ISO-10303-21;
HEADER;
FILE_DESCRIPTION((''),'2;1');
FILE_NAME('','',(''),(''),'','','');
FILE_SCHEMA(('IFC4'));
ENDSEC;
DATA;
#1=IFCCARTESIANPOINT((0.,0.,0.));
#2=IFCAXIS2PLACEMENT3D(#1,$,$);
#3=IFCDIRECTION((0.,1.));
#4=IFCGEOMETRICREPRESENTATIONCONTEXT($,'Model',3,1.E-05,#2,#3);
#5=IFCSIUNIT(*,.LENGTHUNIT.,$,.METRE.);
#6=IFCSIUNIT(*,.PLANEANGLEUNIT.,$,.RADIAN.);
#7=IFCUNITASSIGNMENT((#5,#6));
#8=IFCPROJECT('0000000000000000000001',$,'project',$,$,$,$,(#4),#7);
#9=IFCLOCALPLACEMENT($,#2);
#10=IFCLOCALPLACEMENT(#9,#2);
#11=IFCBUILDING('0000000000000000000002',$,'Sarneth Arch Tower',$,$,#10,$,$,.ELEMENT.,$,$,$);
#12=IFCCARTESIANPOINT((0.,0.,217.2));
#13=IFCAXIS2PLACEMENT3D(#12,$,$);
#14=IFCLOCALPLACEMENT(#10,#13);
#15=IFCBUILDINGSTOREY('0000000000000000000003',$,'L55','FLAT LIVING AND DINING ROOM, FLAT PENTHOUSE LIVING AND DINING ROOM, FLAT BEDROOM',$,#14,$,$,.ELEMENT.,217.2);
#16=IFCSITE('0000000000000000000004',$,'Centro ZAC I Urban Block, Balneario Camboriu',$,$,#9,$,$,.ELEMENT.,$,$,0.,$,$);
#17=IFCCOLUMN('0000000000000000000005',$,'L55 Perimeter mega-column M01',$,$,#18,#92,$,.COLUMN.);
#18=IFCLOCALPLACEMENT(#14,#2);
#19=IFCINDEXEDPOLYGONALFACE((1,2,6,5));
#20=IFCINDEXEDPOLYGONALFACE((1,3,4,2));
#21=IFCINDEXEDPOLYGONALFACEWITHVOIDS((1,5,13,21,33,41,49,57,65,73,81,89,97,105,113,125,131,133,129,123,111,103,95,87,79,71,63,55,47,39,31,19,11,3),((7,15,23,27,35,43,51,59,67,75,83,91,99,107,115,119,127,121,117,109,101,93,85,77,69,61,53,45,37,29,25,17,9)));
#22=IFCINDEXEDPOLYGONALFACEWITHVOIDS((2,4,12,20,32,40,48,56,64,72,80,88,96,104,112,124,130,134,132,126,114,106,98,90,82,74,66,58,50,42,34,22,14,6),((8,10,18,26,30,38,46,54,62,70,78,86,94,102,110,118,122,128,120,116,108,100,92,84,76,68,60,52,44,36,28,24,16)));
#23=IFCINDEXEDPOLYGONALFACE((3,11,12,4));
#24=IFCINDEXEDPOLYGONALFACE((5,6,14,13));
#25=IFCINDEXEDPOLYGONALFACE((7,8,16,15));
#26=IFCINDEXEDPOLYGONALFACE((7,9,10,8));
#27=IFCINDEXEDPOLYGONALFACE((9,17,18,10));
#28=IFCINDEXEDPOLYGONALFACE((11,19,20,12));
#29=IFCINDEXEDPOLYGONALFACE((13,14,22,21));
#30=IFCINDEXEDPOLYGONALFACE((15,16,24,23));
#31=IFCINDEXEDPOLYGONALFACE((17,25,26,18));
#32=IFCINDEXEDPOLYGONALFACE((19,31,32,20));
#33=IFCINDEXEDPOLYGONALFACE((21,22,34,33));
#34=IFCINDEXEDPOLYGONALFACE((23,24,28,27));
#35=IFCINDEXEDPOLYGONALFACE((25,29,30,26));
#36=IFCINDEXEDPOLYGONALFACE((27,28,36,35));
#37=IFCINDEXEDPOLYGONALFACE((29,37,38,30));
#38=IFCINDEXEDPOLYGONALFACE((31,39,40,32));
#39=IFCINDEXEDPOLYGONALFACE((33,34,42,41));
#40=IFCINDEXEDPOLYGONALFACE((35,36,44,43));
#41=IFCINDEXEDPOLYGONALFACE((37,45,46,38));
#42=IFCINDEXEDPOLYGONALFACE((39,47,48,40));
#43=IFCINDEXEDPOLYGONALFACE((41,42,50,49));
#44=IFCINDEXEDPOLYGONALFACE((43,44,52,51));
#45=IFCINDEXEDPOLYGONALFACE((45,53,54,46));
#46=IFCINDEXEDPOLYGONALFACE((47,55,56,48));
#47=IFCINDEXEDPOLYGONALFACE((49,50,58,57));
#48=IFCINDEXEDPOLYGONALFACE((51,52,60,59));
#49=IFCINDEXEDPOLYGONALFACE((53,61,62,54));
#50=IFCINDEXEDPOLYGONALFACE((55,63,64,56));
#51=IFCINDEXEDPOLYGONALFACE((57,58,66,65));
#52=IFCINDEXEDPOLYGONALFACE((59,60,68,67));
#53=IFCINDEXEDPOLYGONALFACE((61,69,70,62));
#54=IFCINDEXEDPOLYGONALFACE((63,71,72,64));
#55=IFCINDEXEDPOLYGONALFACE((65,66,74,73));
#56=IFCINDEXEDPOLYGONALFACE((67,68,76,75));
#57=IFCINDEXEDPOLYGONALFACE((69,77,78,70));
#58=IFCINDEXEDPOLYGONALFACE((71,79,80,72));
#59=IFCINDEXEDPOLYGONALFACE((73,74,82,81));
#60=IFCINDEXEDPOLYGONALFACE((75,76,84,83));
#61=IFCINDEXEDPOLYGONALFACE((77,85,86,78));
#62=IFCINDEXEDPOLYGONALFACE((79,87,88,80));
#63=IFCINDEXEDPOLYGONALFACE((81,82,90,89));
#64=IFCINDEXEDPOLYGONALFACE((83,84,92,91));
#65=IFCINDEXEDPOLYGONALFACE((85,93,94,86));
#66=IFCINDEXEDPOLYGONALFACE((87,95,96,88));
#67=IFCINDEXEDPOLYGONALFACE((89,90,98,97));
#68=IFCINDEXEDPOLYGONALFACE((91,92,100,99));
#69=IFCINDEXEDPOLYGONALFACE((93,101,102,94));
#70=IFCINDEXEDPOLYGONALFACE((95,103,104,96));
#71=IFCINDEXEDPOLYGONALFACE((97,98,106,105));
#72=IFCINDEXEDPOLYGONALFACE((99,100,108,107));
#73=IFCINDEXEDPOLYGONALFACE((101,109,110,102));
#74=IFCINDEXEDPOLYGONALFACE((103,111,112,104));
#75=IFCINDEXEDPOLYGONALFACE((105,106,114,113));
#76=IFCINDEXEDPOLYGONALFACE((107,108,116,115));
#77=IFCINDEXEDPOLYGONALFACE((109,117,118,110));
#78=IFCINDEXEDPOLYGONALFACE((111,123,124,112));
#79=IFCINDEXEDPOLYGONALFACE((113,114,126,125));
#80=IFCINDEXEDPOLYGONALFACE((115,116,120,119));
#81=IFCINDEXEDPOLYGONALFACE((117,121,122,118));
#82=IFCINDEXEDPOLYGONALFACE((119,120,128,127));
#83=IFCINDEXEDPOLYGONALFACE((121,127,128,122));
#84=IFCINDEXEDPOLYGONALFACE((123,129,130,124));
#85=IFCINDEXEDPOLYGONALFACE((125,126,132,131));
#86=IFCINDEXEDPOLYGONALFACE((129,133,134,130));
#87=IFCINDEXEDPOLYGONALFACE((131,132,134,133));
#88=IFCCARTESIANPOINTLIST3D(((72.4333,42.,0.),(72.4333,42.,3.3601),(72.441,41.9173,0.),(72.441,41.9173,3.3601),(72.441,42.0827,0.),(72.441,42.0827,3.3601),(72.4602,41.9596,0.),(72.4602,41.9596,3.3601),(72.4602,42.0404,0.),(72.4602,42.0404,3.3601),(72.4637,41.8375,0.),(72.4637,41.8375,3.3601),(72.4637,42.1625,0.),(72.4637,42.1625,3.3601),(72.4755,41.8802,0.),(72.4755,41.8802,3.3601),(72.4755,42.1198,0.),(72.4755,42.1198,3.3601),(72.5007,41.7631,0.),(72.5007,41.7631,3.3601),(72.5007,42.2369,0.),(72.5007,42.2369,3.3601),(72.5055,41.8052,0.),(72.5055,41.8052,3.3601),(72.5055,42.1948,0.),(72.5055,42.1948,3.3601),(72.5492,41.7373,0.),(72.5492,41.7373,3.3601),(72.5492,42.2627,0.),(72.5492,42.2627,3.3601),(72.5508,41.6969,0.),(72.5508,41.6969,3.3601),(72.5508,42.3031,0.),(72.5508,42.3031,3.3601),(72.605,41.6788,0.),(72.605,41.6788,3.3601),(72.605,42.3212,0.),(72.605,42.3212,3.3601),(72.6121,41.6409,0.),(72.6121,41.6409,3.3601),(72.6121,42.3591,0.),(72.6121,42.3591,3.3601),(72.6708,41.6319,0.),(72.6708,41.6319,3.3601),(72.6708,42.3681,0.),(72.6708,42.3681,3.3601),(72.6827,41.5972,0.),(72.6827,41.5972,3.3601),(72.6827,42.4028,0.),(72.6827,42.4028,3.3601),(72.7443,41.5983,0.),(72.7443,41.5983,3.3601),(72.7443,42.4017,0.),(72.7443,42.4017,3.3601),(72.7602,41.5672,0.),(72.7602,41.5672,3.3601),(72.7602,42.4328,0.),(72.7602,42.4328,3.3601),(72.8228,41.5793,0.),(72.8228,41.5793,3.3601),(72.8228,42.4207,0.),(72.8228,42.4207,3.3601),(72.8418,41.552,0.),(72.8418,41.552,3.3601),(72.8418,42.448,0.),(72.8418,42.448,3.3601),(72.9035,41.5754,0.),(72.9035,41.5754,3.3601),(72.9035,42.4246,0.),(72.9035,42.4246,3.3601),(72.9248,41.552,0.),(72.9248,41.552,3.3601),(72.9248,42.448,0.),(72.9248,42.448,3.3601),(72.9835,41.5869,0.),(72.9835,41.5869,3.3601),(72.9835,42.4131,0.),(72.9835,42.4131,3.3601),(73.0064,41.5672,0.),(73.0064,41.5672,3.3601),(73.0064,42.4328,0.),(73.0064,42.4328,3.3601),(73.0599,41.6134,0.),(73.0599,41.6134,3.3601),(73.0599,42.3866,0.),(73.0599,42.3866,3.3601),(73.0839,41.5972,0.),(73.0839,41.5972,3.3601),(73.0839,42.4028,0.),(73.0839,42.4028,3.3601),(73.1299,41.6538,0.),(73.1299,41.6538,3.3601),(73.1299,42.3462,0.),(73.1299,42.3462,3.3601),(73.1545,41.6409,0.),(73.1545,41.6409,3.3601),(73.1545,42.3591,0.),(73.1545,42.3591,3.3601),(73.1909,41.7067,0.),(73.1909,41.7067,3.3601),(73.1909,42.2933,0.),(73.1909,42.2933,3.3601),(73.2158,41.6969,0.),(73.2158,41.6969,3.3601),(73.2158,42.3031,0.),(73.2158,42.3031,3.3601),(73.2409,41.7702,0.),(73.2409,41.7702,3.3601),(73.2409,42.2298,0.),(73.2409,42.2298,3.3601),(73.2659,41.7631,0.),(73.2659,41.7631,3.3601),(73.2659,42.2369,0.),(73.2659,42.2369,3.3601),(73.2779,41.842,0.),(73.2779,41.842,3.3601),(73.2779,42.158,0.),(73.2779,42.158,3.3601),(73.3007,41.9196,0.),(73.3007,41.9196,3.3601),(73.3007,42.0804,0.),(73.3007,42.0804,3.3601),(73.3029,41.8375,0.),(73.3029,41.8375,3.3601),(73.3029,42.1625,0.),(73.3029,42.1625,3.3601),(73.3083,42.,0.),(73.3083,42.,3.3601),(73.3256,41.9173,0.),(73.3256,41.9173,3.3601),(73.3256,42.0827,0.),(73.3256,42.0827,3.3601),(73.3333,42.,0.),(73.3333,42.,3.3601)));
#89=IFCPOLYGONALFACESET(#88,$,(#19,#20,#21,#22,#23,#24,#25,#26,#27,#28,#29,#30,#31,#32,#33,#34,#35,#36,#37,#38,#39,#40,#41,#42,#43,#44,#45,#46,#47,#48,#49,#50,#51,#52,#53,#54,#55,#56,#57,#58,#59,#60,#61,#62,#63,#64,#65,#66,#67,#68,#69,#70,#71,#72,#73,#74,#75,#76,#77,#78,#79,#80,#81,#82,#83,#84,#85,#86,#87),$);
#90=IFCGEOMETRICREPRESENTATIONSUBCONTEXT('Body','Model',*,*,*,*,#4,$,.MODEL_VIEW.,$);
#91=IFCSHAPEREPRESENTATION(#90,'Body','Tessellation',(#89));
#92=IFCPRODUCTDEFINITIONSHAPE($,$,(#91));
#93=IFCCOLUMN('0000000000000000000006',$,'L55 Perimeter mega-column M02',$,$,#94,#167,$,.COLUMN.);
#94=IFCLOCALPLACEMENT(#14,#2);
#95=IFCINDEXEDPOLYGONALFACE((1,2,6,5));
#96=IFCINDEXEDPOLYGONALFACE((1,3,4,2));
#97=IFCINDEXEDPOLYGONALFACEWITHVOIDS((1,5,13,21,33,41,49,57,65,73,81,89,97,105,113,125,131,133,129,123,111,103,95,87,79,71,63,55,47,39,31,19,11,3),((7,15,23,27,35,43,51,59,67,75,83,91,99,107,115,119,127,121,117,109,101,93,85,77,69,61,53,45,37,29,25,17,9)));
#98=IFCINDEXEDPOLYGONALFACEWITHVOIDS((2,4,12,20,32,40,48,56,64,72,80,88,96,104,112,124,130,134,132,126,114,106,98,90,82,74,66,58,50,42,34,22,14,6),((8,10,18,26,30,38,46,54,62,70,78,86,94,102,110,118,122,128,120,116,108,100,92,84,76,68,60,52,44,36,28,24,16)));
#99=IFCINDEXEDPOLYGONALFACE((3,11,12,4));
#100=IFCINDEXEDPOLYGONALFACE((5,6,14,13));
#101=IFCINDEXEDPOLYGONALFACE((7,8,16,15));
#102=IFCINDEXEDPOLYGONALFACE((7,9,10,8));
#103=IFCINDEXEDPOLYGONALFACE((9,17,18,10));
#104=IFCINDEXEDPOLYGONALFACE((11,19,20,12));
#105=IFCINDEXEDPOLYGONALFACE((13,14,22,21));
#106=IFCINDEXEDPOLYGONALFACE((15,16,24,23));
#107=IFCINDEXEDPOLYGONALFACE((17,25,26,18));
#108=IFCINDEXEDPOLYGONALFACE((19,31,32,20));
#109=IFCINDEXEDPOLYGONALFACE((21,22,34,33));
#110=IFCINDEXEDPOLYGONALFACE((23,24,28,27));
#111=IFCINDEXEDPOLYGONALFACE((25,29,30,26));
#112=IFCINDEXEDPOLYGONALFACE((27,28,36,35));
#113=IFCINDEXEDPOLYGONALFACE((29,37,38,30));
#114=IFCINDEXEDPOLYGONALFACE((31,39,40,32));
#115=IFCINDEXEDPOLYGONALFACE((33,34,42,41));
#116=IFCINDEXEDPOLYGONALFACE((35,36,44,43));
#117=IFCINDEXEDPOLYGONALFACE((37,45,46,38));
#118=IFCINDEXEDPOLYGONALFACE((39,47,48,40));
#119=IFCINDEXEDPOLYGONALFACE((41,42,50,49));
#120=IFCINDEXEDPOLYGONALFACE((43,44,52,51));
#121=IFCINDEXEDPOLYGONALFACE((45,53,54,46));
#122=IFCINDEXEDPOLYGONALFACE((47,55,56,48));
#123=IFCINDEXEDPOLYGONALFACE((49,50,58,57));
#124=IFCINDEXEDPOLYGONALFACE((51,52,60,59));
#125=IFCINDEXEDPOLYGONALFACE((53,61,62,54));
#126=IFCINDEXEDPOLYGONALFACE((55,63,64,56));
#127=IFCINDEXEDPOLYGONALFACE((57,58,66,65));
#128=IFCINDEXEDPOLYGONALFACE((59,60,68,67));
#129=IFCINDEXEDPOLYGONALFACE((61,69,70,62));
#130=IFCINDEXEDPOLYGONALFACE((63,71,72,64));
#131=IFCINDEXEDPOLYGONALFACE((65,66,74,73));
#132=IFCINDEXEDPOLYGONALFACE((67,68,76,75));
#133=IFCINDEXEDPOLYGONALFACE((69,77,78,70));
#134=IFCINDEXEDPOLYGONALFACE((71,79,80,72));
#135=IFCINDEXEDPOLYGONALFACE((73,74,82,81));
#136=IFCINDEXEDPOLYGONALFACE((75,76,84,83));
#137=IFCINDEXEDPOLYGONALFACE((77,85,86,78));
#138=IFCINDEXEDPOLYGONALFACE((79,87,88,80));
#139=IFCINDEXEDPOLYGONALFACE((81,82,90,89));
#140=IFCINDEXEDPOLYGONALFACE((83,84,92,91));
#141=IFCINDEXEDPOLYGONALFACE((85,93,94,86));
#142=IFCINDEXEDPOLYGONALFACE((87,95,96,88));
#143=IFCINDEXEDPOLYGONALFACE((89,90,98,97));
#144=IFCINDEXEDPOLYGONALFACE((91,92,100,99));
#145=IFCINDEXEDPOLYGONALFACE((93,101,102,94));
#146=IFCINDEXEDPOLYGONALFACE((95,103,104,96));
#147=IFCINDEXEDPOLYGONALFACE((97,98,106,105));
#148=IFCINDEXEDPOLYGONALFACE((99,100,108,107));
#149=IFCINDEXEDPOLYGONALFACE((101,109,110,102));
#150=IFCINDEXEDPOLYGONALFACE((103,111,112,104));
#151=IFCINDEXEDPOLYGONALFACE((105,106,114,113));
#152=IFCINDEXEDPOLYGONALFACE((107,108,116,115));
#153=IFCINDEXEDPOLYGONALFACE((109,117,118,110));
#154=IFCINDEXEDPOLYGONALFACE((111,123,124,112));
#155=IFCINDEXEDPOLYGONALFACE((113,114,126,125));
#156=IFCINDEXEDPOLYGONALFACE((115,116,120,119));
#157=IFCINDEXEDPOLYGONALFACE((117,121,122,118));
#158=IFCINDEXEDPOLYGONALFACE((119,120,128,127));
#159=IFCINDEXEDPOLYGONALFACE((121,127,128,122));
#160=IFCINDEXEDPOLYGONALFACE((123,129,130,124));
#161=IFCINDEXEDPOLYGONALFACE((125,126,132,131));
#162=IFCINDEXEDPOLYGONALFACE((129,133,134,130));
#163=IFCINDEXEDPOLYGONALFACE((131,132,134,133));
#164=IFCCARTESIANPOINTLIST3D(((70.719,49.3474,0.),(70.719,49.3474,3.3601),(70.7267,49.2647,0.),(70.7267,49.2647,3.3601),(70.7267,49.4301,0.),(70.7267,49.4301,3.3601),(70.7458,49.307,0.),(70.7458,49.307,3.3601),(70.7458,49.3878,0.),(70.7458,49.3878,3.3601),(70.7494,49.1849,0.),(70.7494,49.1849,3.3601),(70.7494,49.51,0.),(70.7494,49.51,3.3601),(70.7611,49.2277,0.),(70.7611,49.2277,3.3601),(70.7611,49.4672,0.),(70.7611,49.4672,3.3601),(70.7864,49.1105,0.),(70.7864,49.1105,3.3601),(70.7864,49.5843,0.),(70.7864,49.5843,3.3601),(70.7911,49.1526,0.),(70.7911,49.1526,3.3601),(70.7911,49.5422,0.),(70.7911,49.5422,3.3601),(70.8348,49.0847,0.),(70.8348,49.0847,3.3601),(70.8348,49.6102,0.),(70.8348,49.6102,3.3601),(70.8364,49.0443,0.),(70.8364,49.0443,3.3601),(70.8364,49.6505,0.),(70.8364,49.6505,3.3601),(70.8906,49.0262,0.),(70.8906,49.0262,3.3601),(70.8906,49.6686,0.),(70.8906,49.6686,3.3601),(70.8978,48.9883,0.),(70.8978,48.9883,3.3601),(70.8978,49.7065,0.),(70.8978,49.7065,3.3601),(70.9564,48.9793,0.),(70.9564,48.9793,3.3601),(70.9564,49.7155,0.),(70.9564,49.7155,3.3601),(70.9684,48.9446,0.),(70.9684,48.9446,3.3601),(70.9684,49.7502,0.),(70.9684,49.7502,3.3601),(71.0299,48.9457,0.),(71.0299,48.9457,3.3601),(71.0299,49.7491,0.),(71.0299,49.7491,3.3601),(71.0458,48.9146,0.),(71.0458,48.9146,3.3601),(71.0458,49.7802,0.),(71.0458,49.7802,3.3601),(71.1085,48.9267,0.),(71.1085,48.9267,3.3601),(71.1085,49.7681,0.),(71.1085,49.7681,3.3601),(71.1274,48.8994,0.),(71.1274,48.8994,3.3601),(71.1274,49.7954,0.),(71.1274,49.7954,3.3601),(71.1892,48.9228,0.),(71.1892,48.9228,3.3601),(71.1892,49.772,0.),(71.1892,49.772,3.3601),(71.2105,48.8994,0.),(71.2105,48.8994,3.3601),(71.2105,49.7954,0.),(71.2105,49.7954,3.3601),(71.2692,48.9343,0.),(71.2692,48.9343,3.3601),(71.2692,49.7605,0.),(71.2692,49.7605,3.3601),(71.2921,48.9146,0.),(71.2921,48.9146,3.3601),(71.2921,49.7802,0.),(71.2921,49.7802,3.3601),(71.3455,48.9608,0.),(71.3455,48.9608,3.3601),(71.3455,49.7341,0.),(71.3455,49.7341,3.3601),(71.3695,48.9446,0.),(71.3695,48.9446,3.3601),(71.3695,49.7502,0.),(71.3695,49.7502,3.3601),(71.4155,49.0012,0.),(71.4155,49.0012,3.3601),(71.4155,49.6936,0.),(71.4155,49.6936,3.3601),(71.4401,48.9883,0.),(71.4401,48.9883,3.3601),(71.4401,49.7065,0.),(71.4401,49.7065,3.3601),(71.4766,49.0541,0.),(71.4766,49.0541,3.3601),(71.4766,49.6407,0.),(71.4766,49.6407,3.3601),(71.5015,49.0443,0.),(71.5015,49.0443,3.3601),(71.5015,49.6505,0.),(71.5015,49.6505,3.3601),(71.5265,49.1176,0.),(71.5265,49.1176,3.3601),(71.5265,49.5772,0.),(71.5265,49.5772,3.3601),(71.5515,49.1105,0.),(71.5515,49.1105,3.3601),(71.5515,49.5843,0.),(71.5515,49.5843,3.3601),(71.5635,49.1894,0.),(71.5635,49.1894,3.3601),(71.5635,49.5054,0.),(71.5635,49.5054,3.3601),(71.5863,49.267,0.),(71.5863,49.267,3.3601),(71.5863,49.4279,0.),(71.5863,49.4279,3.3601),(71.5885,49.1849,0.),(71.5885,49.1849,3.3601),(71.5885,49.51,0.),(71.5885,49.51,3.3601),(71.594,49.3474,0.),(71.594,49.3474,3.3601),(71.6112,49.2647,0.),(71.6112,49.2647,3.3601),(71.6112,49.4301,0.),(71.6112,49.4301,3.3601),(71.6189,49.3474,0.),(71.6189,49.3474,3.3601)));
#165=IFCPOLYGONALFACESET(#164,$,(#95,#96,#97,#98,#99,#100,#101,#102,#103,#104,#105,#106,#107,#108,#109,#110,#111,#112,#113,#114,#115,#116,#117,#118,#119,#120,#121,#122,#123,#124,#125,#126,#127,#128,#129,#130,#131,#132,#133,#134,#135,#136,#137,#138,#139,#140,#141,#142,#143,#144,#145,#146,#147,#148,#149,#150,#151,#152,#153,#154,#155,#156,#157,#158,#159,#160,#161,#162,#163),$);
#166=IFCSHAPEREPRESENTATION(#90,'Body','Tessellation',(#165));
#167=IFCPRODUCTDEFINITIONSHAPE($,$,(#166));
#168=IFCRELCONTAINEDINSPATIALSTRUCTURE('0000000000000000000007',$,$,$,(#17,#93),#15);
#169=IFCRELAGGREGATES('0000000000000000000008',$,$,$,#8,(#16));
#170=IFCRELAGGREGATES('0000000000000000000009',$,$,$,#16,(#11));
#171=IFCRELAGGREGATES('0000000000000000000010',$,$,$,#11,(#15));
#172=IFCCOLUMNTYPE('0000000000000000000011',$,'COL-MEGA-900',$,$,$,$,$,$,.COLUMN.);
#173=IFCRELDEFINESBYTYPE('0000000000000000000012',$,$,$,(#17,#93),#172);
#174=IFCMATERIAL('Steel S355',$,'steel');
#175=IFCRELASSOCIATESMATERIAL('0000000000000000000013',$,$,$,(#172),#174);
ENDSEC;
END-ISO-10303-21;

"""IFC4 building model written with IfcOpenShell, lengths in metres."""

from ifc_helpers import new_model, si_unit, direction, frame, origin, origin_2d, place, context, subcontext, project, spatial, hollow_circle, extrude, material, material_profile, profile_set, type_object, element, save


model = new_model("IFC4")

# Units and contexts
model_context = context("Model", 3, precision=1e-05, world=origin(), true_north=direction((0.0, 1.0)))
body_context = subcontext(model_context, "Body", "Model", "MODEL_VIEW")
ifc_project = project(units=[si_unit("LENGTHUNIT", "METRE"), si_unit("PLANEANGLEUNIT", "RADIAN")], contexts=[model_context])

# Site, building, storey
site_placement = place(None, origin())
site = spatial("IfcSite", under=ifc_project, at=site_placement, Name="Centro ZAC I Urban Block, Balneario Camboriu", CompositionType="ELEMENT", RefElevation=0.0)
building_placement = place(site_placement, origin())
building = spatial("IfcBuilding", under=site, at=building_placement, Name="Sarneth Arch Tower", CompositionType="ELEMENT")
storey_placement = place(building_placement, frame((0.0, 0.0, 217.2)))
storey = spatial("IfcBuildingStorey", under=building, at=storey_placement, Name="L55", Description="FLAT LIVING AND DINING ROOM, FLAT PENTHOUSE LIVING AND DINING ROOM, FLAT BEDROOM", CompositionType="ELEMENT", Elevation=217.2)

# Columns
ifc_material_1 = material(Name="Steel S355", Category="steel")
ifc_material_profile_1 = material_profile(ifc_material_1, hollow_circle(Radius=0.45, WallThickness=0.0249, at=origin_2d()), Name="CHS900x25")
ifc_profile_set_1 = profile_set([ifc_material_profile_1], Name="Steel S355")
column_type = type_object("IfcColumnType", Name="COL-MEGA-900", PredefinedType="COLUMN", material=ifc_profile_set_1)
for number, where, z_axis, x_axis, name in (
    (1, (72.8833, 42.0, 0.0), (0.0, 0.0, 1.0), (1.0, 0.0, 0.0), "L55 Perimeter mega-column M01"),
    (2, (71.1689, 49.3474, 0.0), (0.0, 0.0, 1.0), (1.0, 0.0, 0.0), "L55 Perimeter mega-column M02"),
):
    element("IfcColumn", number, at=place(storey_placement, frame(where, z_axis=z_axis, x_axis=x_axis)), inside=storey, type_object=column_type, Name=name, PredefinedType="COLUMN", context=body_context, shape_type="SweptSolid", body=[
        extrude(hollow_circle(Radius=0.45, WallThickness=0.0249, at=origin_2d()), origin(), (0.0, 0.0, 1.0), 3.3601),
    ])

save(model, "model.ifc")
